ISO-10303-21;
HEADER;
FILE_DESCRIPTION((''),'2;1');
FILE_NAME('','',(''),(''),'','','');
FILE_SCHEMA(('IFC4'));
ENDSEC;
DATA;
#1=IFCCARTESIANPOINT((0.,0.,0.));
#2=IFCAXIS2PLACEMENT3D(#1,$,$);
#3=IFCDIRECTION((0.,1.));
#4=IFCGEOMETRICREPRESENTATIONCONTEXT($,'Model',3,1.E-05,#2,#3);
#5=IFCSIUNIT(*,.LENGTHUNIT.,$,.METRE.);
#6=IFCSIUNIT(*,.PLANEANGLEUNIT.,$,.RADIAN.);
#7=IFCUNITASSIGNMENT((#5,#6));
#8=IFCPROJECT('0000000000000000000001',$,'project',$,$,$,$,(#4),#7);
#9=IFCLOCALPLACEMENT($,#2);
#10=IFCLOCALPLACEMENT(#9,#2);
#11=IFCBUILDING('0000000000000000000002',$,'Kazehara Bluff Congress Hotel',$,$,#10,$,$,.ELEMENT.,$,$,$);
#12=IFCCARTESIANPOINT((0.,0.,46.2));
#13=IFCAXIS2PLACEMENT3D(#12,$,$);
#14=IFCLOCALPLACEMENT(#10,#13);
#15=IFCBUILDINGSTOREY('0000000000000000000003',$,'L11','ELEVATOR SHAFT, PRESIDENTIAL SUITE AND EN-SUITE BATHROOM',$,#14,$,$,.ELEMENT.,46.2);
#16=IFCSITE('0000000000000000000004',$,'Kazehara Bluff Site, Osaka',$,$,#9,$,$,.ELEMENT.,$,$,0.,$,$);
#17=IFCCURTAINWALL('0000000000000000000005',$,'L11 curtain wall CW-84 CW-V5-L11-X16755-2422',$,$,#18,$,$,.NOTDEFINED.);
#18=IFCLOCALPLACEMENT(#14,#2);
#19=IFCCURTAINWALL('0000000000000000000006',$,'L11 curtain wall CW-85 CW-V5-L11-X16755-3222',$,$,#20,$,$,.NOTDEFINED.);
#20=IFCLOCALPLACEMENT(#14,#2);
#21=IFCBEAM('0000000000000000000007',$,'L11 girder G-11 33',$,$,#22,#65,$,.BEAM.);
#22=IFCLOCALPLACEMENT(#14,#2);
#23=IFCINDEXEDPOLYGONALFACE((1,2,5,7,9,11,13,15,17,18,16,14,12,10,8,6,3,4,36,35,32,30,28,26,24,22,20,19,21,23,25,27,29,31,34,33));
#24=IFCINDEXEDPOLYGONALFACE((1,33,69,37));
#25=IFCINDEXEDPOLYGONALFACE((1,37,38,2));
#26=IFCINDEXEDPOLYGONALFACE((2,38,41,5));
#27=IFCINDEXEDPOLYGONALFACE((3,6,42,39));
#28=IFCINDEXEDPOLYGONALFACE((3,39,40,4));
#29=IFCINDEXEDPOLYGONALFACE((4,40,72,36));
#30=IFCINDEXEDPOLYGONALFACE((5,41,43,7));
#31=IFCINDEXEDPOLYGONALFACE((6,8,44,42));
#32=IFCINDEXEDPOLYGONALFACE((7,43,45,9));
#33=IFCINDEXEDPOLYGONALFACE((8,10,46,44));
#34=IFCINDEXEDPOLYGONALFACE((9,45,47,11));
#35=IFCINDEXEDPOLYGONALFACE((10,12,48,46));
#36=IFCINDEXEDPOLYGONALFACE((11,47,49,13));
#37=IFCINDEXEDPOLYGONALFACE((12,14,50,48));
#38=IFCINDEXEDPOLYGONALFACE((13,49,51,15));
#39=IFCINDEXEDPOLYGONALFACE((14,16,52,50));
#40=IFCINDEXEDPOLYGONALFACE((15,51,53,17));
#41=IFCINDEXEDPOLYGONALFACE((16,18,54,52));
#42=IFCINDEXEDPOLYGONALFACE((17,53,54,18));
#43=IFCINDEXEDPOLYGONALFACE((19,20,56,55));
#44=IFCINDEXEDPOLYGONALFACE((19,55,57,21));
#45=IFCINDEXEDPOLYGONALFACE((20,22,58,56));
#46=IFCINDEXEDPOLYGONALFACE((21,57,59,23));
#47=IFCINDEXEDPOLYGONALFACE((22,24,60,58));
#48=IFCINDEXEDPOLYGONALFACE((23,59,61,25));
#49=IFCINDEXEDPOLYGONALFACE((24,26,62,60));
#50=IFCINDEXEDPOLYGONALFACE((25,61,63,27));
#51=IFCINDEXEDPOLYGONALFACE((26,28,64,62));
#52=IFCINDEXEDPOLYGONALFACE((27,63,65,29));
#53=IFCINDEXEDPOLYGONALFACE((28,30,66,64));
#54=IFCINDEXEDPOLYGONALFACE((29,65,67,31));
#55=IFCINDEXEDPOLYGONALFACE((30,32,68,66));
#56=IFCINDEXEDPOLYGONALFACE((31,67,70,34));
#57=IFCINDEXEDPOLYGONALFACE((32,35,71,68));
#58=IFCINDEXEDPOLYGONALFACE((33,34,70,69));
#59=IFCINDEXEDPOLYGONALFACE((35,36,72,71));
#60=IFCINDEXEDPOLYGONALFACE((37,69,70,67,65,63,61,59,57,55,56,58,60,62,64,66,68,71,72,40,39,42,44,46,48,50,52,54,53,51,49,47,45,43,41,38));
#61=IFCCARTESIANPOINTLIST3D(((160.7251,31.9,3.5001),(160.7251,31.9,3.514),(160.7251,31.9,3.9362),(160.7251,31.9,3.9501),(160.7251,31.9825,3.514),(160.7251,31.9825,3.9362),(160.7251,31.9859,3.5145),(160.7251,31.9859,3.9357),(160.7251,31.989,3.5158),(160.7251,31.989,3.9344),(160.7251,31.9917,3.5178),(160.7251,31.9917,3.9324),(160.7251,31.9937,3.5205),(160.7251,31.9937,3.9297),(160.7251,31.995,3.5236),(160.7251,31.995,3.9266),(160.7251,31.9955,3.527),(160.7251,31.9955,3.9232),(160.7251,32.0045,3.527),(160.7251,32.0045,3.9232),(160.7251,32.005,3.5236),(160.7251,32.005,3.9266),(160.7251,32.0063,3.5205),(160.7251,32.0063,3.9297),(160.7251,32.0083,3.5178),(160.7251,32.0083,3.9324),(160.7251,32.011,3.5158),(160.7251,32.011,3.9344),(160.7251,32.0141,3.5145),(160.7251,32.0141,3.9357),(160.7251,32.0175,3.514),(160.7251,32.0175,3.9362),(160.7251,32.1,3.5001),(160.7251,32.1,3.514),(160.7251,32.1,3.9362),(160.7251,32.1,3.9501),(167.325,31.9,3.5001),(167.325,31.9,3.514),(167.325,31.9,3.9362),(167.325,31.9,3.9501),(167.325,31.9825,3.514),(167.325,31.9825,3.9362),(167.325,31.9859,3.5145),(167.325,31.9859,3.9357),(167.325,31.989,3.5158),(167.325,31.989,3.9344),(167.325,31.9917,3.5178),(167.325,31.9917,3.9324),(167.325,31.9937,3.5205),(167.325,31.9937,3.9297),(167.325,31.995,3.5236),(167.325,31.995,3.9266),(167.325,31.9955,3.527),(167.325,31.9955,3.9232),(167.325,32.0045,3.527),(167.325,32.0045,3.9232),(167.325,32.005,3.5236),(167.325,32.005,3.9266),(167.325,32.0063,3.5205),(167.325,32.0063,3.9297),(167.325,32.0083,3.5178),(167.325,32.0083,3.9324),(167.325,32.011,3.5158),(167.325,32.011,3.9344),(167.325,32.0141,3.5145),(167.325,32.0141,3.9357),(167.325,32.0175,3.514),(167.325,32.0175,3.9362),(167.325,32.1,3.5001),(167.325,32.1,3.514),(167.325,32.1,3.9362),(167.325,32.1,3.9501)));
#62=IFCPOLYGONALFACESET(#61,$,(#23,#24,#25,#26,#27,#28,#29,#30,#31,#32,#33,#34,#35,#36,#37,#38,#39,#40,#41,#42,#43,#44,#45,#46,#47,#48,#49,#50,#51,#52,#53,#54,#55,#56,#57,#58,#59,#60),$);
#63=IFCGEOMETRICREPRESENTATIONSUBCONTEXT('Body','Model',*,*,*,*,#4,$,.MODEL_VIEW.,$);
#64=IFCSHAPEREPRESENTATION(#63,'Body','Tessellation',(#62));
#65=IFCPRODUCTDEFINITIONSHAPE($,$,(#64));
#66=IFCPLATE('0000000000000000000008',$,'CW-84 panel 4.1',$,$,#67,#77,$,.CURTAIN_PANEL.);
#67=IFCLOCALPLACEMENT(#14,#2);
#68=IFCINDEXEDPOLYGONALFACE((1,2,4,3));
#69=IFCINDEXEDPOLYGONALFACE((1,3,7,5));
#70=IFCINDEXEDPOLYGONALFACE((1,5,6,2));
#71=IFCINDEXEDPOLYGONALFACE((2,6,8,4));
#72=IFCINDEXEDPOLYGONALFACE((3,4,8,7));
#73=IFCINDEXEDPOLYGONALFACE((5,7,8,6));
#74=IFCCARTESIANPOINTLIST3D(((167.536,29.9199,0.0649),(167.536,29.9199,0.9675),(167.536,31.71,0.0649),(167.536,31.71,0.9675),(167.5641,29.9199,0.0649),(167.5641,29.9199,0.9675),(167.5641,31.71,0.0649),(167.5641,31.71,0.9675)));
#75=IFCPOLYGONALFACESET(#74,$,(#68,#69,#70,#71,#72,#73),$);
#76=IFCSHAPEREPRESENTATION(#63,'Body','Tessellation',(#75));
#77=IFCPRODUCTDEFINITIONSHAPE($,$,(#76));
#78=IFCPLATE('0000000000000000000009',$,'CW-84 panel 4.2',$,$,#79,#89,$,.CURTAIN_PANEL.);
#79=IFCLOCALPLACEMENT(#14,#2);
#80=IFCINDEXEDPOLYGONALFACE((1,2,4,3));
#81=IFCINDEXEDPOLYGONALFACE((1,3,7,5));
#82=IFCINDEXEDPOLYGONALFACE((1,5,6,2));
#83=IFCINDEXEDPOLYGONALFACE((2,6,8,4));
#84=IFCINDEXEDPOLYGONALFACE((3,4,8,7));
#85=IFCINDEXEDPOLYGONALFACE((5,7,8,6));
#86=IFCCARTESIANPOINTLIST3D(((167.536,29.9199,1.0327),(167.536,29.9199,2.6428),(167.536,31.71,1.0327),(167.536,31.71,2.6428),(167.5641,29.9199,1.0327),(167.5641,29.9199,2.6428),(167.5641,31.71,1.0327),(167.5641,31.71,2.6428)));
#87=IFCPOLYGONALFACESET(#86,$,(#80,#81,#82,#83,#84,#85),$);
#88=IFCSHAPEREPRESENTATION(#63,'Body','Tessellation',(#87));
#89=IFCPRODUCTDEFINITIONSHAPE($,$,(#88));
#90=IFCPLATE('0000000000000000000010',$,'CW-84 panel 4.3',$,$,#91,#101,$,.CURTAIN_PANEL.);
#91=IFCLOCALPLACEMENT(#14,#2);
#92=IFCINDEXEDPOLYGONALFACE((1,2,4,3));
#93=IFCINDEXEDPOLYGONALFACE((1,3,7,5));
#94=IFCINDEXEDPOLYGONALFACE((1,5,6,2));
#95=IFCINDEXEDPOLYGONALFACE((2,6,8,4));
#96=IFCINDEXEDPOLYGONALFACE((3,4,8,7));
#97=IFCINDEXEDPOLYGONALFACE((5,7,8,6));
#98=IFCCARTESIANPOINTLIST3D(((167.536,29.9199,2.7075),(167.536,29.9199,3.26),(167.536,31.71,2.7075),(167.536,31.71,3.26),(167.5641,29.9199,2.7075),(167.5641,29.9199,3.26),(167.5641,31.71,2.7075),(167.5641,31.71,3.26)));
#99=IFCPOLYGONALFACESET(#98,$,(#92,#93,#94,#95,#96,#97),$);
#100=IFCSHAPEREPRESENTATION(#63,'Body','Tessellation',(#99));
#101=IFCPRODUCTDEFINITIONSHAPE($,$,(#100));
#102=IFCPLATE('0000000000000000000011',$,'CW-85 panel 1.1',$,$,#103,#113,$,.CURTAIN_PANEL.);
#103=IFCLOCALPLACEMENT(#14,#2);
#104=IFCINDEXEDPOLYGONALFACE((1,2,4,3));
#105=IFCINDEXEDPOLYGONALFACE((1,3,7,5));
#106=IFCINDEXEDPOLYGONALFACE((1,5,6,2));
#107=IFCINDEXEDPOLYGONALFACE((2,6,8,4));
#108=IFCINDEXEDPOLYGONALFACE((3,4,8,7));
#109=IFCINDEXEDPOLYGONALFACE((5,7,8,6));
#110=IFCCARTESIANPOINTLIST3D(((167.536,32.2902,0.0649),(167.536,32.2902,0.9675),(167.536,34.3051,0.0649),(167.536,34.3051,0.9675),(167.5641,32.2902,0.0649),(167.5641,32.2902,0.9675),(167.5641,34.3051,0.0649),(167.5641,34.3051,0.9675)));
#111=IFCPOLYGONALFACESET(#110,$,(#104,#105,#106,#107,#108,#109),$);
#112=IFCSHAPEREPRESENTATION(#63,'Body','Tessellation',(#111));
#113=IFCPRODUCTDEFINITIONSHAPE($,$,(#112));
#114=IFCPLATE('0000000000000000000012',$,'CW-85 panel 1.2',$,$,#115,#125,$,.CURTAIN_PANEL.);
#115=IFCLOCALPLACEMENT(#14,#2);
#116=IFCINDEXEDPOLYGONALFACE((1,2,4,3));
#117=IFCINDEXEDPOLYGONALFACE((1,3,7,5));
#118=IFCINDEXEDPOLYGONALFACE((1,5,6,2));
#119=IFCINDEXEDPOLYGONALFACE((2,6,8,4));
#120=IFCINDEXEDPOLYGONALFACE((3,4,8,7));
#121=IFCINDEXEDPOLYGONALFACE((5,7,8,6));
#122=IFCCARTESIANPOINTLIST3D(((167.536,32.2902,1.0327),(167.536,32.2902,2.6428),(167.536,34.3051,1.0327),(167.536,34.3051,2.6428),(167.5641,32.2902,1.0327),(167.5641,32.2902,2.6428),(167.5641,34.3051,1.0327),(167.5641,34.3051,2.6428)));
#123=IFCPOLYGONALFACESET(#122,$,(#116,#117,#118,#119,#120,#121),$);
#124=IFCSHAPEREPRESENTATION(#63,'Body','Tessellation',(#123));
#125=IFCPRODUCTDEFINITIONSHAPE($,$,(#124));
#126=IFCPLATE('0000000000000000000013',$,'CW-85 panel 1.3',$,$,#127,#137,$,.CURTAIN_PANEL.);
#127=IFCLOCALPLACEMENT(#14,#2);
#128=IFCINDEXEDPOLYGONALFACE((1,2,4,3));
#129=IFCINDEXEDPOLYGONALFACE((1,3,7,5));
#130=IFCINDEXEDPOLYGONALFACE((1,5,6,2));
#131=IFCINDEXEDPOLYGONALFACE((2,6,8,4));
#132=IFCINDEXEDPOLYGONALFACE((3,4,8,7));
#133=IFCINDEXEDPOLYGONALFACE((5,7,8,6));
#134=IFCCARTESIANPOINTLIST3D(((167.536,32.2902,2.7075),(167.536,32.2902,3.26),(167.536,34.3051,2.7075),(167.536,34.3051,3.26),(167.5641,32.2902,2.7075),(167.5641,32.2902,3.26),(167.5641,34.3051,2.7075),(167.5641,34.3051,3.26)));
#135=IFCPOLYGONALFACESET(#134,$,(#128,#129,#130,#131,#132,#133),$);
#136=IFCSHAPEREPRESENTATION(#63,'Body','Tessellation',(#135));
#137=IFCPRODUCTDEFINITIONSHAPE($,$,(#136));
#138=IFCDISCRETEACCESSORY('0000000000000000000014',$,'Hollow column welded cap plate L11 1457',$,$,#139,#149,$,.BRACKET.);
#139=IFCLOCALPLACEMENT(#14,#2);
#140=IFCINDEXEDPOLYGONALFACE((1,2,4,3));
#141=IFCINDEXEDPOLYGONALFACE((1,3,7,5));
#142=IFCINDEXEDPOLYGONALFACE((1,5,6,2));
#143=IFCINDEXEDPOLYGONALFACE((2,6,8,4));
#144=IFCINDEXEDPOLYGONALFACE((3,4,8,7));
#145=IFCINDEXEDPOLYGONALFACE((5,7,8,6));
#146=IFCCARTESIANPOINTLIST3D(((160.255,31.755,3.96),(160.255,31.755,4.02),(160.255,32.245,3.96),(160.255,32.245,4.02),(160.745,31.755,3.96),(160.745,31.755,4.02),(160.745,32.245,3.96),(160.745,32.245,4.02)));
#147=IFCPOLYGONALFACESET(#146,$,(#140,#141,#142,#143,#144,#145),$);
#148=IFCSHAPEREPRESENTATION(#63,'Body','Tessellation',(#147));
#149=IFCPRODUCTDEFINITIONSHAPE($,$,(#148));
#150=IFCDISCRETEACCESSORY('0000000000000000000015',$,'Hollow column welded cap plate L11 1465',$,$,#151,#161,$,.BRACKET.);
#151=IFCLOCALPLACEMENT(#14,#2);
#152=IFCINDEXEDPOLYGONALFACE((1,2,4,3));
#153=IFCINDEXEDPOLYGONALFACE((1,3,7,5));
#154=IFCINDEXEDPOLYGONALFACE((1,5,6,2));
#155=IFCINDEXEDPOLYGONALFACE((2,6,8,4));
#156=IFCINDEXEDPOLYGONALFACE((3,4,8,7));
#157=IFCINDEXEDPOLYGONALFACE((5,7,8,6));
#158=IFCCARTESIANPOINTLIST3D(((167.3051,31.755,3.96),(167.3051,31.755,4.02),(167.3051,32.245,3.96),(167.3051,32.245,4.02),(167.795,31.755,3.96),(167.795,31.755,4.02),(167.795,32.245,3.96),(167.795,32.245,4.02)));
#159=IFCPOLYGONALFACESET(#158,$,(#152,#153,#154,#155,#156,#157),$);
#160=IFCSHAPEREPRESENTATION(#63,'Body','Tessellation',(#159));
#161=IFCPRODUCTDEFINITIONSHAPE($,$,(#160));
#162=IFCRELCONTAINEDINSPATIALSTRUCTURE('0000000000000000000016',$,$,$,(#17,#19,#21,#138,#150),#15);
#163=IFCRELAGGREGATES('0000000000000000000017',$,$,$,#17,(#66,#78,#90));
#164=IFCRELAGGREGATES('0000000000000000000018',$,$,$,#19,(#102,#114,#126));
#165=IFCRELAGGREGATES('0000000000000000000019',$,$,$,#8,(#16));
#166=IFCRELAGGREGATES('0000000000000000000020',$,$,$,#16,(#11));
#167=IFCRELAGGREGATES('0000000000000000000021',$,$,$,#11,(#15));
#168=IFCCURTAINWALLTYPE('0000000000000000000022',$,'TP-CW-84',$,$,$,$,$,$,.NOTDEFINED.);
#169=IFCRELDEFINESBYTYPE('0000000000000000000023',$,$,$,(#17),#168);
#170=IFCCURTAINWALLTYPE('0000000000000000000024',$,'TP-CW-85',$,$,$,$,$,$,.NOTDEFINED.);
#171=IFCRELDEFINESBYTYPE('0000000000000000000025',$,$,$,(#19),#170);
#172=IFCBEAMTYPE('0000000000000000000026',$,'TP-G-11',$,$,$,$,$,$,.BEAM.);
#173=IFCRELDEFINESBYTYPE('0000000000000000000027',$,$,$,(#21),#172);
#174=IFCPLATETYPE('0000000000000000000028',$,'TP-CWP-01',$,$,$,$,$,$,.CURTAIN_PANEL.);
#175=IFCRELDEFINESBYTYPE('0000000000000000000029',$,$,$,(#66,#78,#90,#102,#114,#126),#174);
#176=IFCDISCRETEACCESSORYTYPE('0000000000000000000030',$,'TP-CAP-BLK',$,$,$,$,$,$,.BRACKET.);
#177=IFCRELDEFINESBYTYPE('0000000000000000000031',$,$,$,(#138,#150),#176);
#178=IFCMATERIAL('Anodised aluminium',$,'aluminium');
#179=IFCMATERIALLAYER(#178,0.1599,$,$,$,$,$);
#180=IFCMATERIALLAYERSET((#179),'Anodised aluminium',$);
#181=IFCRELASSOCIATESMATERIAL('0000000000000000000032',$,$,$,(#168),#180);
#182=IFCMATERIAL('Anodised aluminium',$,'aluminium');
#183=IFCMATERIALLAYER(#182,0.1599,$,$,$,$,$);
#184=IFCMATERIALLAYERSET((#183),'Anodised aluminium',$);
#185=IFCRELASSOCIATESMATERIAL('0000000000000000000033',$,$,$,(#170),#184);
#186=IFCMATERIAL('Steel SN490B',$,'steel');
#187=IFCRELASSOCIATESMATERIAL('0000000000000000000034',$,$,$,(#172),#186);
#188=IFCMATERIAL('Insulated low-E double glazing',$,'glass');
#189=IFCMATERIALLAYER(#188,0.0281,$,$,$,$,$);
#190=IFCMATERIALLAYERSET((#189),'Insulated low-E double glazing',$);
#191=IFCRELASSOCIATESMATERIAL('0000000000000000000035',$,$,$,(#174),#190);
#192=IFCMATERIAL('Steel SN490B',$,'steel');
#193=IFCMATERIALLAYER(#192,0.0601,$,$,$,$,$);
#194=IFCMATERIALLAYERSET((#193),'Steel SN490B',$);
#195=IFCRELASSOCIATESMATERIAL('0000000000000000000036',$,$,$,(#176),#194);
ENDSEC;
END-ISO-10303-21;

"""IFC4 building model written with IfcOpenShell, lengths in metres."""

from ifc_helpers import new_model, si_unit, direction, frame, origin, origin_2d, place, context, subcontext, project, spatial, rectangle, i_section, extrude, material, layer, layer_set, material_profile, profile_set, type_object, element, aggregate, save


model = new_model("IFC4")

# Units and contexts
model_context = context("Model", 3, precision=1e-05, world=origin(), true_north=direction((0.0, 1.0)))
body_context = subcontext(model_context, "Body", "Model", "MODEL_VIEW")
ifc_project = project(units=[si_unit("LENGTHUNIT", "METRE"), si_unit("PLANEANGLEUNIT", "RADIAN")], contexts=[model_context])

# Site, building, storey
site_placement = place(None, origin())
site = spatial("IfcSite", under=ifc_project, at=site_placement, Name="Kazehara Bluff Site, Osaka", CompositionType="ELEMENT", RefElevation=0.0)
building_placement = place(site_placement, origin())
building = spatial("IfcBuilding", under=site, at=building_placement, Name="Kazehara Bluff Congress Hotel", CompositionType="ELEMENT")
storey_placement = place(building_placement, frame((0.0, 0.0, 46.2)))
storey = spatial("IfcBuildingStorey", under=building, at=storey_placement, Name="L11", Description="ELEVATOR SHAFT, PRESIDENTIAL SUITE AND EN-SUITE BATHROOM", CompositionType="ELEMENT", Elevation=46.2)

# Curtain wall
ifc_material_1 = material(Name="Anodised aluminium", Category="aluminium")
ifc_layer_1 = layer(ifc_material_1, 0.1599)
ifc_layer_set_1 = layer_set([ifc_layer_1], Name="Anodised aluminium")
curtain_wall_type_1 = type_object("IfcCurtainWallType", Name="TP-CW-84", PredefinedType="NOTDEFINED", material=ifc_layer_set_1)
curtain_wall_1_placement = place(storey_placement, origin())
curtain_wall_1 = element("IfcCurtainWall", 1, at=curtain_wall_1_placement, inside=storey, type_object=curtain_wall_type_1, Name="L11 curtain wall CW-84 CW-V5-L11-X16755-2422", PredefinedType="NOTDEFINED")

# Curtain wall
ifc_material_2 = material(Name="Anodised aluminium", Category="aluminium")
ifc_layer_2 = layer(ifc_material_2, 0.1599)
ifc_layer_set_2 = layer_set([ifc_layer_2], Name="Anodised aluminium")
curtain_wall_type_2 = type_object("IfcCurtainWallType", Name="TP-CW-85", PredefinedType="NOTDEFINED", material=ifc_layer_set_2)
curtain_wall_2_placement = place(storey_placement, origin())
curtain_wall_2 = element("IfcCurtainWall", 2, at=curtain_wall_2_placement, inside=storey, type_object=curtain_wall_type_2, Name="L11 curtain wall CW-85 CW-V5-L11-X16755-3222", PredefinedType="NOTDEFINED")

# Beam
ifc_material_3 = material(Name="Steel SN490B", Category="steel")
ifc_material_profile_1 = material_profile(ifc_material_3, i_section(OverallWidth=0.2, OverallDepth=0.45, WebThickness=0.009, FlangeThickness=0.0139, FilletRadius=0.0129, at=origin_2d()))
ifc_profile_set_1 = profile_set([ifc_material_profile_1], Name="Steel SN490B")
beam_type_1 = type_object("IfcBeamType", Name="TP-G-11", PredefinedType="BEAM", material=ifc_profile_set_1)
beam_placement = place(storey_placement, frame((160.7251, 32.0, 3.7251), z_axis=(1.0, 0.0, 0.0), x_axis=(0.0, 1.0, 0.0)))
element("IfcBeam", 3, at=beam_placement, inside=storey, type_object=beam_type_1, Name="L11 girder G-11 33", PredefinedType="BEAM", context=body_context, shape_type="SweptSolid", body=[
    extrude(i_section(OverallWidth=0.2, OverallDepth=0.45, WebThickness=0.009, FlangeThickness=0.0139, FilletRadius=0.0129, at=origin_2d()), origin(), (0.0, 0.0, 1.0), 6.5999),
])

# Plates
ifc_material_4 = material(Name="Insulated low-E double glazing", Category="glass")
ifc_layer_3 = layer(ifc_material_4, 0.0281)
ifc_layer_set_3 = layer_set([ifc_layer_3], Name="Insulated low-E double glazing")
plate_type = type_object("IfcPlateType", Name="TP-CWP-01", PredefinedType="CURTAIN_PANEL", material=ifc_layer_set_3)
plate_1_placement = place(storey_placement, frame((167.55, 30.8149, 0.0649), z_axis=(0.0, 0.0, 1.0), x_axis=(0.0, 1.0, 0.0)))
plate_1 = element("IfcPlate", 4, at=plate_1_placement, type_object=plate_type, Name="CW-84 panel 4.1", PredefinedType="CURTAIN_PANEL", context=body_context, shape_type="SweptSolid", body=[
    extrude(rectangle(XDim=1.79, YDim=0.0281, at=origin_2d()), origin(), (0.0, 0.0, 1.0), 0.9026),
])
plate_2_placement = place(storey_placement, frame((167.55, 30.8149, 1.0327), z_axis=(0.0, 0.0, 1.0), x_axis=(0.0, 1.0, 0.0)))
plate_2 = element("IfcPlate", 5, at=plate_2_placement, type_object=plate_type, Name="CW-84 panel 4.2", PredefinedType="CURTAIN_PANEL", context=body_context, shape_type="SweptSolid", body=[
    extrude(rectangle(XDim=1.79, YDim=0.0281, at=origin_2d()), origin(), (0.0, 0.0, 1.0), 1.6101),
])
plate_3_placement = place(storey_placement, frame((167.55, 30.8149, 2.7075), z_axis=(0.0, 0.0, 1.0), x_axis=(0.0, 1.0, 0.0)))
plate_3 = element("IfcPlate", 6, at=plate_3_placement, type_object=plate_type, Name="CW-84 panel 4.3", PredefinedType="CURTAIN_PANEL", context=body_context, shape_type="SweptSolid", body=[
    extrude(rectangle(XDim=1.79, YDim=0.0281, at=origin_2d()), origin(), (0.0, 0.0, 1.0), 0.5525),
])
aggregate(curtain_wall_1, [plate_1, plate_2, plate_3])
plate_4_placement = place(storey_placement, frame((167.55, 33.2976, 0.0649), z_axis=(0.0, 0.0, 1.0), x_axis=(0.0, 1.0, 0.0)))
plate_4 = element("IfcPlate", 7, at=plate_4_placement, type_object=plate_type, Name="CW-85 panel 1.1", PredefinedType="CURTAIN_PANEL", context=body_context, shape_type="SweptSolid", body=[
    extrude(rectangle(XDim=2.0149, YDim=0.0281, at=origin_2d()), origin(), (0.0, 0.0, 1.0), 0.9026),
])
plate_5_placement = place(storey_placement, frame((167.55, 33.2976, 1.0327), z_axis=(0.0, 0.0, 1.0), x_axis=(0.0, 1.0, 0.0)))
plate_5 = element("IfcPlate", 8, at=plate_5_placement, type_object=plate_type, Name="CW-85 panel 1.2", PredefinedType="CURTAIN_PANEL", context=body_context, shape_type="SweptSolid", body=[
    extrude(rectangle(XDim=2.0149, YDim=0.0281, at=origin_2d()), origin(), (0.0, 0.0, 1.0), 1.6101),
])
plate_6_placement = place(storey_placement, frame((167.55, 33.2976, 2.7075), z_axis=(0.0, 0.0, 1.0), x_axis=(0.0, 1.0, 0.0)))
plate_6 = element("IfcPlate", 9, at=plate_6_placement, type_object=plate_type, Name="CW-85 panel 1.3", PredefinedType="CURTAIN_PANEL", context=body_context, shape_type="SweptSolid", body=[
    extrude(rectangle(XDim=2.0149, YDim=0.0281, at=origin_2d()), origin(), (0.0, 0.0, 1.0), 0.5525),
])
aggregate(curtain_wall_2, [plate_4, plate_5, plate_6])

# Discrete accessories
ifc_material_5 = material(Name="Steel SN490B", Category="steel")
ifc_layer_4 = layer(ifc_material_5, 0.0601)
ifc_layer_set_4 = layer_set([ifc_layer_4], Name="Steel SN490B")
discrete_accessory_type = type_object("IfcDiscreteAccessoryType", Name="TP-CAP-BLK", PredefinedType="BRACKET", material=ifc_layer_set_4)
for number, where, z_axis, x_axis, name in (
    (10, (160.5, 32.0, 3.96), (0.0, 0.0, 1.0), (1.0, 0.0, 0.0), "Hollow column welded cap plate L11 1457"),
    (11, (167.55, 32.0, 3.96), (0.0, 0.0, 1.0), (1.0, 0.0, 0.0), "Hollow column welded cap plate L11 1465"),
):
    element("IfcDiscreteAccessory", number, at=place(storey_placement, frame(where, z_axis=z_axis, x_axis=x_axis)), inside=storey, type_object=discrete_accessory_type, Name=name, PredefinedType="BRACKET", context=body_context, shape_type="SweptSolid", body=[
        extrude(rectangle(XDim=0.49, YDim=0.49, at=origin_2d()), origin(), (0.0, 0.0, 1.0), 0.0601),
    ])

save(model, "model.ifc")
